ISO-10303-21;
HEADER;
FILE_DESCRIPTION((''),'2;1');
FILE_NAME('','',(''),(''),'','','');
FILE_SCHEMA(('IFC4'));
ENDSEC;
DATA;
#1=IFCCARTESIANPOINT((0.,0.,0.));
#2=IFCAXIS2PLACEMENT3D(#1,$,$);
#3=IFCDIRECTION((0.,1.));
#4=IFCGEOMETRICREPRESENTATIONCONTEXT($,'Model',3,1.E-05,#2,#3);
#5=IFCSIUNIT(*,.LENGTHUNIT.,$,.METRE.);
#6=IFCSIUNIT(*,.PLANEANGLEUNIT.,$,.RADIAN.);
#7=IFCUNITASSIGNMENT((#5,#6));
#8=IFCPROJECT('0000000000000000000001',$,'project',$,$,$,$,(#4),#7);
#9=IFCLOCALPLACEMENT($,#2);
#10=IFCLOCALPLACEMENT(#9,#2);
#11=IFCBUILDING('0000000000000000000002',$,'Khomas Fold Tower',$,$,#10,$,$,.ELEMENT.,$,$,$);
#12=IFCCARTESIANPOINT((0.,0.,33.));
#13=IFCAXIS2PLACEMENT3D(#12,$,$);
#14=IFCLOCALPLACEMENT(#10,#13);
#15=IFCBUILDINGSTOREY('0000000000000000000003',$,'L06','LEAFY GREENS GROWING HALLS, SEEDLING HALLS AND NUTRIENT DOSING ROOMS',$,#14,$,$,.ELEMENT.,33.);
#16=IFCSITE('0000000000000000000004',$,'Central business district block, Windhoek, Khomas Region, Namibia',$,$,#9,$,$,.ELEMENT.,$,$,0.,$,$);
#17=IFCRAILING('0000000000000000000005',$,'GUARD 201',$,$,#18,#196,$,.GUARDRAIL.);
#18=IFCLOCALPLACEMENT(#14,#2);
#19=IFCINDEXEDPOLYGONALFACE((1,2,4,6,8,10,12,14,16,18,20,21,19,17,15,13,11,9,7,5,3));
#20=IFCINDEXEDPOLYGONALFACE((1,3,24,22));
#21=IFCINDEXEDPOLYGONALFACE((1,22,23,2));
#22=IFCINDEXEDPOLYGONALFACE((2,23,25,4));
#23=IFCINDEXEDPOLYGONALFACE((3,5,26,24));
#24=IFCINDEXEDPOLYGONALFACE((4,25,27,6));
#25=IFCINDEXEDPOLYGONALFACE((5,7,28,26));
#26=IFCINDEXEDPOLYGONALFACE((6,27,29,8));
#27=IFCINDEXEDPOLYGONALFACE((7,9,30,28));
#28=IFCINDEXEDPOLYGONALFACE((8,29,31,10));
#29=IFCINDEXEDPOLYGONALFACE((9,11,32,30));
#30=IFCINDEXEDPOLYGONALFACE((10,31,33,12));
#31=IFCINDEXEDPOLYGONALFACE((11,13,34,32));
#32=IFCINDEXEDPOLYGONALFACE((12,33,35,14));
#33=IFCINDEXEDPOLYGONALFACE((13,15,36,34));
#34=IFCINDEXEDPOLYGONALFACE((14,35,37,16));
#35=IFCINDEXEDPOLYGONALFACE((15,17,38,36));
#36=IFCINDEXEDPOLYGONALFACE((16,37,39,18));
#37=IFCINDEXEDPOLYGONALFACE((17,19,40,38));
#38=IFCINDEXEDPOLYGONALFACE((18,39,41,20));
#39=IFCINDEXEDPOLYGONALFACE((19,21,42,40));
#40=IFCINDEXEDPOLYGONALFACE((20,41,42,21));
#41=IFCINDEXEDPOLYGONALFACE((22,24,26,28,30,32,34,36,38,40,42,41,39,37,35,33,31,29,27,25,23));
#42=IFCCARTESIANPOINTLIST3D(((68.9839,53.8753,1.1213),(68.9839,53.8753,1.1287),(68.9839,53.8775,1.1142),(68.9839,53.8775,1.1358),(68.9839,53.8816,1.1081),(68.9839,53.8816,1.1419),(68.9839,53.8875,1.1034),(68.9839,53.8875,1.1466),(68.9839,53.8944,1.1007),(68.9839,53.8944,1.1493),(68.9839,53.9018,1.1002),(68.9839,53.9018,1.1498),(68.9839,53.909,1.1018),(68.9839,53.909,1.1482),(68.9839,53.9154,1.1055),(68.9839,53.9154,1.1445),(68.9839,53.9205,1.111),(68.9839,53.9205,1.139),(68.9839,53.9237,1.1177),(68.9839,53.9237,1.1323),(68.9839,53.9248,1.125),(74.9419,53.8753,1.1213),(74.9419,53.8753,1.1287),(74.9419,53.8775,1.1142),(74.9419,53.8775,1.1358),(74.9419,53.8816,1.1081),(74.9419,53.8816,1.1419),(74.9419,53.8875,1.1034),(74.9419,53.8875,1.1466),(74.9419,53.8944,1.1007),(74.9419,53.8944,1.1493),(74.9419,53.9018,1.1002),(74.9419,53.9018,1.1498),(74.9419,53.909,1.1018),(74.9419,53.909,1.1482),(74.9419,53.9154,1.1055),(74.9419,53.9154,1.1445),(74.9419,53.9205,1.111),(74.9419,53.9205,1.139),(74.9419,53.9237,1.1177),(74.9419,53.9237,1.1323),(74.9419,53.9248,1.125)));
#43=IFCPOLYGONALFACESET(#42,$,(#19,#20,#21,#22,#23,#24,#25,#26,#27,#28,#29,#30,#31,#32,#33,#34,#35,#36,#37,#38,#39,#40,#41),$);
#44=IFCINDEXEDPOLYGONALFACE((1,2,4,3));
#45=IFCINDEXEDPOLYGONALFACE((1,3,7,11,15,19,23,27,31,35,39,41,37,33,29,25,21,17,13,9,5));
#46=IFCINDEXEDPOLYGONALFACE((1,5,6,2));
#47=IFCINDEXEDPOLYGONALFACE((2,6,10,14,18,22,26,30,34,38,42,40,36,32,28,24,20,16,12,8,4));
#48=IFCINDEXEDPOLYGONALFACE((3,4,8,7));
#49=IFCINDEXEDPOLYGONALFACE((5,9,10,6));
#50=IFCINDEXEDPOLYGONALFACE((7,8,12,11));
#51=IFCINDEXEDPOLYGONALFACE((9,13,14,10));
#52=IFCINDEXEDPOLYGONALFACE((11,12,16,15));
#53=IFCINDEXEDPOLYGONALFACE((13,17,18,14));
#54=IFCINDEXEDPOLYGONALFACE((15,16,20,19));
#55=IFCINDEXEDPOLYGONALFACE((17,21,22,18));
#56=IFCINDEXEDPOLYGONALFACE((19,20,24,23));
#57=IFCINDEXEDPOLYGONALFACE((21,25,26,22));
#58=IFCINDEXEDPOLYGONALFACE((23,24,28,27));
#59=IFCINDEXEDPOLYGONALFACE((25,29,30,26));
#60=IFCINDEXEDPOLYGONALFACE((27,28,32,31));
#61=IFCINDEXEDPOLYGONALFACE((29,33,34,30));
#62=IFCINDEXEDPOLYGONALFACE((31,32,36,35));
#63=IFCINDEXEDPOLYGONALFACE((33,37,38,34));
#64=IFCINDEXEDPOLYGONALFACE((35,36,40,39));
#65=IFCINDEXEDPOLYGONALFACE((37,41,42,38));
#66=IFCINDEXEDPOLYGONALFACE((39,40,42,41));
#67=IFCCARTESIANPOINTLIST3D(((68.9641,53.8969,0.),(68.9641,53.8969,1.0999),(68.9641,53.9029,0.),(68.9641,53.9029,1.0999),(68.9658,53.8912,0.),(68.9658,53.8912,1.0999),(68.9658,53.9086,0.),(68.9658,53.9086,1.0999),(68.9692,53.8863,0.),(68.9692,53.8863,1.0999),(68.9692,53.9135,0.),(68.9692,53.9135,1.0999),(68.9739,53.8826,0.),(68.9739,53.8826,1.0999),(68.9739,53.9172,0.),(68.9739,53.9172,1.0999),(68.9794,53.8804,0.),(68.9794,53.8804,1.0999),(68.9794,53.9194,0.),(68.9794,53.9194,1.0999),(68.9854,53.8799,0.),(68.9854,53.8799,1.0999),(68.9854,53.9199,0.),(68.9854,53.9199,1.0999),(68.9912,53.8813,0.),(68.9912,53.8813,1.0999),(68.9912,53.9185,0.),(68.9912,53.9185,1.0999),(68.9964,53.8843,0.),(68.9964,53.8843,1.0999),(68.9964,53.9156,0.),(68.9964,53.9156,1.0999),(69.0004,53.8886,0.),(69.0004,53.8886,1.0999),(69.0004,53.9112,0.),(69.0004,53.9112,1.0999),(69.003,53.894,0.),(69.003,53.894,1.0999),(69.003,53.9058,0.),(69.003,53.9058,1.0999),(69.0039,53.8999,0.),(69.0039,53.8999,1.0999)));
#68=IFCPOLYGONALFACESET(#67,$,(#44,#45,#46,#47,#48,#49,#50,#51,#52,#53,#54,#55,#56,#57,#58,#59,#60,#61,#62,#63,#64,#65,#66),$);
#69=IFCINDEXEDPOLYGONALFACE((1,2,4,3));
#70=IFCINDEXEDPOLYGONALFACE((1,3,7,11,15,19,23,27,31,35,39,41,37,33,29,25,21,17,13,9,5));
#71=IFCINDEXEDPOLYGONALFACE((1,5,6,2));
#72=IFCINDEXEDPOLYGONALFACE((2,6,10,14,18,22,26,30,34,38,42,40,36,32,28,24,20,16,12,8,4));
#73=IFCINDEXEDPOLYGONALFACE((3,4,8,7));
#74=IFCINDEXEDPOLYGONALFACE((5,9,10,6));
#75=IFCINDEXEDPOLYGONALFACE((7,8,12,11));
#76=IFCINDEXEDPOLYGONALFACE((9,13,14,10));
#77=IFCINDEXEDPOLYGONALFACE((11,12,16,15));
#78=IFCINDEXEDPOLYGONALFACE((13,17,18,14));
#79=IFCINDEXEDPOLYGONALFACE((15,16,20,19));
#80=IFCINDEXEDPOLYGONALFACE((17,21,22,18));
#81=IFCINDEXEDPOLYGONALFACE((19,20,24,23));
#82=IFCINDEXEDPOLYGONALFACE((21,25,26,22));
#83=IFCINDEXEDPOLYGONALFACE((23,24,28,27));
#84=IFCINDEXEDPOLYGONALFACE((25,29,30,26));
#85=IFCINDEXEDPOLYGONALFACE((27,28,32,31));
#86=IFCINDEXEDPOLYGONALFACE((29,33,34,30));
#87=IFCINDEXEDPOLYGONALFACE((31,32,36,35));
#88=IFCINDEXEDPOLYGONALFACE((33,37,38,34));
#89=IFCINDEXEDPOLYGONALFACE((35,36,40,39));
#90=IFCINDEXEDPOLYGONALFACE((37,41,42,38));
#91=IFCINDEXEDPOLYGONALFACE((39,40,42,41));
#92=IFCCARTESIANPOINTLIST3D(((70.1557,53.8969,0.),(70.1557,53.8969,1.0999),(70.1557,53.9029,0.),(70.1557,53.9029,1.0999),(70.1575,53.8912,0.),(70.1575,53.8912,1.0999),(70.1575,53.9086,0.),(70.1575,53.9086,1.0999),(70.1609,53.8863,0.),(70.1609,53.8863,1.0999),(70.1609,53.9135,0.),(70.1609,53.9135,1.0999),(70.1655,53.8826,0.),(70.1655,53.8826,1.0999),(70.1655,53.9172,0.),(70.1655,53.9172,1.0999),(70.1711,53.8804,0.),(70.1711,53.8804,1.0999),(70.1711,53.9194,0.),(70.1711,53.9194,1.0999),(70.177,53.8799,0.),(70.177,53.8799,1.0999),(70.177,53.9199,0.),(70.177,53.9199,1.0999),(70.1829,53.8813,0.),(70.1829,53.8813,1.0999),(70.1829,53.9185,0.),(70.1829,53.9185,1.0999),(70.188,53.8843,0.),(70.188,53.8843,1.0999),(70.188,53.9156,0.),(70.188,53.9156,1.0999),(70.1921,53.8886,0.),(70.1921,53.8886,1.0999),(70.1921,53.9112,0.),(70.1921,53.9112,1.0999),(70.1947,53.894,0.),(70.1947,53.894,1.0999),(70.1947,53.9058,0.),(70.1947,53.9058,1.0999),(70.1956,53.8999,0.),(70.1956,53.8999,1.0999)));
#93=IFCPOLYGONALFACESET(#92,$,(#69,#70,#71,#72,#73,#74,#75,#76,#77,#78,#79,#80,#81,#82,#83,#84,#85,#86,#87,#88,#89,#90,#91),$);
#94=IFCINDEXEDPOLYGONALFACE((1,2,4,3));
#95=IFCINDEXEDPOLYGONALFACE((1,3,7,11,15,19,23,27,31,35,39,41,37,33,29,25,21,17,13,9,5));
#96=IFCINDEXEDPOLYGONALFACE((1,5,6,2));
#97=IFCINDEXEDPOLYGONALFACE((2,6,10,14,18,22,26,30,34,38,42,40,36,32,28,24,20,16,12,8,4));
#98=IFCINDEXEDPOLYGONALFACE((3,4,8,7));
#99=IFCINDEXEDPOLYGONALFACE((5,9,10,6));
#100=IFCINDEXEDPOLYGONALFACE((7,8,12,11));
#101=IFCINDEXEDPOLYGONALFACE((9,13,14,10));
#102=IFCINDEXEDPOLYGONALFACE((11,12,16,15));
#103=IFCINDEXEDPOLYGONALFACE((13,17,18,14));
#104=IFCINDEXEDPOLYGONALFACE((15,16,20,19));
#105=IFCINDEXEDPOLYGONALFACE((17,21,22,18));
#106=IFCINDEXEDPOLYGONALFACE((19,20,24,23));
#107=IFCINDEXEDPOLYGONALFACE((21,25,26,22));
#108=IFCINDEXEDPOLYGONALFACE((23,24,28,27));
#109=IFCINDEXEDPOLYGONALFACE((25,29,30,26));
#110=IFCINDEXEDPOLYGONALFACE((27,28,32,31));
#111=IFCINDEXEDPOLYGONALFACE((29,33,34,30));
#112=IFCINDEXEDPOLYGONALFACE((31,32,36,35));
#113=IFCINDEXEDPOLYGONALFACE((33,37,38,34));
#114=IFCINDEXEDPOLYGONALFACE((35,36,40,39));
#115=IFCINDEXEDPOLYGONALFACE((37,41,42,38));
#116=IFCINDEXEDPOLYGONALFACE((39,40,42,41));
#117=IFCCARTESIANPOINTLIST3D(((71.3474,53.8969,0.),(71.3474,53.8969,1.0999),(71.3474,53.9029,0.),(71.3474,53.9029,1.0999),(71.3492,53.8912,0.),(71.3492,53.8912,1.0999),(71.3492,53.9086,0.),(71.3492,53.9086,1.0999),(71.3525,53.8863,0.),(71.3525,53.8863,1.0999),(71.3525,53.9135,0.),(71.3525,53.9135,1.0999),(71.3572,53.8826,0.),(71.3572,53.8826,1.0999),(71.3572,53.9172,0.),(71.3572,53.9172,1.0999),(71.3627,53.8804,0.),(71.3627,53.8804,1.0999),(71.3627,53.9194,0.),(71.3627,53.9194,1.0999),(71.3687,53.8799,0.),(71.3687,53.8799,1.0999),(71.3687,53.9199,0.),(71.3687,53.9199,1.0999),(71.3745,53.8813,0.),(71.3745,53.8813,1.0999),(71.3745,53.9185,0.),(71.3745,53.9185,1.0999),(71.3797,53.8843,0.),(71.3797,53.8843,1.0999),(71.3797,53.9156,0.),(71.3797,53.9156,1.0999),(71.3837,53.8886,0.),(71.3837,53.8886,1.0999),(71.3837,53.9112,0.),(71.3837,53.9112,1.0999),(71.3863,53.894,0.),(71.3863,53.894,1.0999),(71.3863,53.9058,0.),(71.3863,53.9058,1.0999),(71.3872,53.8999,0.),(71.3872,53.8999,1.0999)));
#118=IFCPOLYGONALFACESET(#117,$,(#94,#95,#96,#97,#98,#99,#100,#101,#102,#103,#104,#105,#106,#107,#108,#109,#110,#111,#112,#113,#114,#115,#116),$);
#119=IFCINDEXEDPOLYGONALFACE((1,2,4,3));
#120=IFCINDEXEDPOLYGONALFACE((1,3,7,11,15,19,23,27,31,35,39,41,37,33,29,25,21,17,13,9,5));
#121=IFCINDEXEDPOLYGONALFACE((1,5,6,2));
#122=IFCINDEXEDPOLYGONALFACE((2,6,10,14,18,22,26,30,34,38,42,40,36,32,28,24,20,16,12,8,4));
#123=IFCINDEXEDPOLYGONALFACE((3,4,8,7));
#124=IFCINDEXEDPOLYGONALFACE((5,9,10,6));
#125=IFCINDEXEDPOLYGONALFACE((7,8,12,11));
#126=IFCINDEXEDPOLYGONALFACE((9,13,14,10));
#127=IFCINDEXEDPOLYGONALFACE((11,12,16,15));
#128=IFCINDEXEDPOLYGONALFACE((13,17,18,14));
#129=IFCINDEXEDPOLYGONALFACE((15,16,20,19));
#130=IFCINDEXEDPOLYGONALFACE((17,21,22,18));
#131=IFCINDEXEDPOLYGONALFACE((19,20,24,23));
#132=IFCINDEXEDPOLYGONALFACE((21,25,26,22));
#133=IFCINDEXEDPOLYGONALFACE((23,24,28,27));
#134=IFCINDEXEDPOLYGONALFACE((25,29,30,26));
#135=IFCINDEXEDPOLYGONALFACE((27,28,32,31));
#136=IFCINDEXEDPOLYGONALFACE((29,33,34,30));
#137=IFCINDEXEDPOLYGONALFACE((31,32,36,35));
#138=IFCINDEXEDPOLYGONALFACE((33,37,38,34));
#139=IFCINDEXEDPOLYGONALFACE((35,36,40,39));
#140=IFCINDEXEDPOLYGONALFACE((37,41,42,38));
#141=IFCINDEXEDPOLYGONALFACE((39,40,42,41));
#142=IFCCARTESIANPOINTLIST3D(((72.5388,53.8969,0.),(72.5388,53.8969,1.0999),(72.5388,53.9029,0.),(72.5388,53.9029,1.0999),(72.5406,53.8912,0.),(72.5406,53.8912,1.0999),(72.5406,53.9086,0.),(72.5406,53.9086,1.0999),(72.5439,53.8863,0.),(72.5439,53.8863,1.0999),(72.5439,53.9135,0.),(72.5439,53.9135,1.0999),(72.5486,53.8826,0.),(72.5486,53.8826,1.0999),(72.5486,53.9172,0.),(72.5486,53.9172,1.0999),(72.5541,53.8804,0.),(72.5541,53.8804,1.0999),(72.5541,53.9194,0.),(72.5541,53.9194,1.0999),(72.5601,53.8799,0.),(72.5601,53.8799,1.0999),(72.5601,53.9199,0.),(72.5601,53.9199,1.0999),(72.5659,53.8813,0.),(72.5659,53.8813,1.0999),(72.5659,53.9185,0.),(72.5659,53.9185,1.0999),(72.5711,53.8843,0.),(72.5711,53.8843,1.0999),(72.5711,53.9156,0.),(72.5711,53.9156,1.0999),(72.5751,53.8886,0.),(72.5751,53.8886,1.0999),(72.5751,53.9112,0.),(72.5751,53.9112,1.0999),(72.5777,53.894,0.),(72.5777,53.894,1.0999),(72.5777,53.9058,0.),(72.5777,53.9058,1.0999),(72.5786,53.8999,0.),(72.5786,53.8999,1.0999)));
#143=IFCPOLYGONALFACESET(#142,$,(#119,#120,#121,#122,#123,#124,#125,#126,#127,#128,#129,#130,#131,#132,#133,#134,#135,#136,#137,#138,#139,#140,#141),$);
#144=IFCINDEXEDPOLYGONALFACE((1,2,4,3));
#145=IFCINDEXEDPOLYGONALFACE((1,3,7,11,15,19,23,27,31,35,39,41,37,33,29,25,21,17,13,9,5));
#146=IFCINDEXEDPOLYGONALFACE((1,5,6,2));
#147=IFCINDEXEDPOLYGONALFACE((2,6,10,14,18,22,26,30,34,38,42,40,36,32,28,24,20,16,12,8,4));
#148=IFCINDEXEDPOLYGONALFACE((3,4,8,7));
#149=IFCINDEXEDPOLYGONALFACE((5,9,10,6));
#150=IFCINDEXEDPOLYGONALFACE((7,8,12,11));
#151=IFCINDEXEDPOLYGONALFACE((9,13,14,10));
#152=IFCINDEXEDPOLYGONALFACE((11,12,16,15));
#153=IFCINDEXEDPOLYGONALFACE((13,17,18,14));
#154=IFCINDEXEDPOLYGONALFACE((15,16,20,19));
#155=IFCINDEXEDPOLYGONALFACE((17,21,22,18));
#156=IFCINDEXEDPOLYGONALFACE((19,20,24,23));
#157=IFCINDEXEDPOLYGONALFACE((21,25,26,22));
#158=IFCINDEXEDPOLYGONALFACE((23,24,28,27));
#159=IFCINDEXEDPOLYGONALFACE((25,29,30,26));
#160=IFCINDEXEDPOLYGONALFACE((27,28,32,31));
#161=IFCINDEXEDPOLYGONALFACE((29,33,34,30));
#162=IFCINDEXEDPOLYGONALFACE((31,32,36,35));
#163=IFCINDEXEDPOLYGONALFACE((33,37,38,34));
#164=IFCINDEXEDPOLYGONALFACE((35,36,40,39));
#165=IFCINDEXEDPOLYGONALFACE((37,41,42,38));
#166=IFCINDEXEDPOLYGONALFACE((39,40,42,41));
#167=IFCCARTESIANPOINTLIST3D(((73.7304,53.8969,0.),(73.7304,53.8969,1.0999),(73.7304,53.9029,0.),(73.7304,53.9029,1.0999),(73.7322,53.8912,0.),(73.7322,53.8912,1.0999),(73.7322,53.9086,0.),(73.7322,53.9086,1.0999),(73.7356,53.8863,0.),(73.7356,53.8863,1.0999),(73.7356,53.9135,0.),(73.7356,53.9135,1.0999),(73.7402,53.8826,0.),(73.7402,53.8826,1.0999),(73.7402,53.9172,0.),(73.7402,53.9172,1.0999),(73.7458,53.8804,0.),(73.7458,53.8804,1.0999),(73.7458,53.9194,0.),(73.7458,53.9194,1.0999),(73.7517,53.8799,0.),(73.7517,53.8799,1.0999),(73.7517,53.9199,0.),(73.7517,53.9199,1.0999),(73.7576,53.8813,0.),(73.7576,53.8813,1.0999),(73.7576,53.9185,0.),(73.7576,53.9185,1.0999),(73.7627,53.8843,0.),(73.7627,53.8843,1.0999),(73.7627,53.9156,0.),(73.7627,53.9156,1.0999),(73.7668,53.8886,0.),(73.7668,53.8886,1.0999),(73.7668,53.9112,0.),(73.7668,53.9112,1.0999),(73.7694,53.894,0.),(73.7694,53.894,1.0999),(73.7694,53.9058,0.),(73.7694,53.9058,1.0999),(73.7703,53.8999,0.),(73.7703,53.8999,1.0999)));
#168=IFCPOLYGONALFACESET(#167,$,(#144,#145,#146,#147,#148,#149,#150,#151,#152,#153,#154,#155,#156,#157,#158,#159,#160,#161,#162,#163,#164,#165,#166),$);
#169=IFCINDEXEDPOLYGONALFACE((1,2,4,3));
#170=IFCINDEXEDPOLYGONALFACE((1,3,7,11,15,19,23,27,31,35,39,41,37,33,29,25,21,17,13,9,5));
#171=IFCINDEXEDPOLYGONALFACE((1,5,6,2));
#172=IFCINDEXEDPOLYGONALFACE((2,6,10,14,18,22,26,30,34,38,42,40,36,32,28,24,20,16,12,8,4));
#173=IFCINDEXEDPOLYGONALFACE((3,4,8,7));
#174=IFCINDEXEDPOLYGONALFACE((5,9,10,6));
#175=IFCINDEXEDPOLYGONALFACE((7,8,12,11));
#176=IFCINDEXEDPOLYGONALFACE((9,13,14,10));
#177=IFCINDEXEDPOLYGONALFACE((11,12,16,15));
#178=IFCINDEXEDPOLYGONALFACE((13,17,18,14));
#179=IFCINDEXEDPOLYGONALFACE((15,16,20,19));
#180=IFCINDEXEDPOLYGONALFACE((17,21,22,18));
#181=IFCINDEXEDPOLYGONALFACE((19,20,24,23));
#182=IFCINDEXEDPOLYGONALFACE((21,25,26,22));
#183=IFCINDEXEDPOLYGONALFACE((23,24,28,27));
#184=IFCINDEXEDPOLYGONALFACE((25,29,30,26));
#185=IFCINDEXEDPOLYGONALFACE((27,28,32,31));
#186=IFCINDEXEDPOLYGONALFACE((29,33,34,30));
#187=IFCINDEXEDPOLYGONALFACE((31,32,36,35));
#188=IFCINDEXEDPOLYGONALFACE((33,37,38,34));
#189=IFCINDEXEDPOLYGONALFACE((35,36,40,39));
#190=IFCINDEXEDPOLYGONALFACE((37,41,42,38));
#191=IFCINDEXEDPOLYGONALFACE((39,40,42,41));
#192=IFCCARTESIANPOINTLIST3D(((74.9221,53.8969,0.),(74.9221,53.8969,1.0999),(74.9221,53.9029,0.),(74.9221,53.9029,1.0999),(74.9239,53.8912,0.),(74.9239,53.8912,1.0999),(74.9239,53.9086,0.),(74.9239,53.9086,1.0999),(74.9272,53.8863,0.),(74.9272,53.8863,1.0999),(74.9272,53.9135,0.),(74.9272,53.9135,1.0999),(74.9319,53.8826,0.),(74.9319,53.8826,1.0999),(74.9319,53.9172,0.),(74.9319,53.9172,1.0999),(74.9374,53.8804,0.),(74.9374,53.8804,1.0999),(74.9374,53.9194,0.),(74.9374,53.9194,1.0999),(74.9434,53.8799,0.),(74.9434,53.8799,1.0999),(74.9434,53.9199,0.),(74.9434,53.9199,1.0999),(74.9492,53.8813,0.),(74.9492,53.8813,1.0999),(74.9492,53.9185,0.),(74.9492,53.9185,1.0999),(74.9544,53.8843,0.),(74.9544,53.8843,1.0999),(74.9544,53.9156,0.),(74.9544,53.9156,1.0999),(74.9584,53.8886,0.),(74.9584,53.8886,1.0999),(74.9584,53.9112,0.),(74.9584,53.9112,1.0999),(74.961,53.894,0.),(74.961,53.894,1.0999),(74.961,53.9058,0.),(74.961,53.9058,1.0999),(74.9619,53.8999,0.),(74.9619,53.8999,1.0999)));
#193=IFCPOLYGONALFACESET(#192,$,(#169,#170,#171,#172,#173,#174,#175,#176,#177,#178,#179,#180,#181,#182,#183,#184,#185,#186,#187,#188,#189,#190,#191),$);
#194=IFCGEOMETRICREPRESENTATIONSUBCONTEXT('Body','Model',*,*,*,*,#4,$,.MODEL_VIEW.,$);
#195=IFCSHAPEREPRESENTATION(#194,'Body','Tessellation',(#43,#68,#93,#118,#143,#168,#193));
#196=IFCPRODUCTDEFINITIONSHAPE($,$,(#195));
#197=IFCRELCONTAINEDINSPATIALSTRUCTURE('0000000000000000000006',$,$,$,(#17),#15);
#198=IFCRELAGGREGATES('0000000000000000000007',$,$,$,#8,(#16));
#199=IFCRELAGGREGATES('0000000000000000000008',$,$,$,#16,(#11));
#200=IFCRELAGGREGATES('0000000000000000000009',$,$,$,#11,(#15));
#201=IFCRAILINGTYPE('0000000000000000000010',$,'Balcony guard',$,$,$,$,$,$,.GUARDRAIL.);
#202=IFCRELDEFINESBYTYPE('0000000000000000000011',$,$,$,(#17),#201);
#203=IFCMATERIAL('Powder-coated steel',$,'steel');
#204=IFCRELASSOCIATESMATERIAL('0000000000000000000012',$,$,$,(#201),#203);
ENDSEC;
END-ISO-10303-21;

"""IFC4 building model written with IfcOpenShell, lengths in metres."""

from ifc_helpers import new_model, si_unit, direction, frame, origin, origin_2d, place, context, subcontext, project, spatial, circle, extrude, source, transform, mapped, material, type_object, element, save


model = new_model("IFC4")

# Units and contexts
model_context = context("Model", 3, precision=1e-05, world=origin(), true_north=direction((0.0, 1.0)))
body_context = subcontext(model_context, "Body", "Model", "MODEL_VIEW")
ifc_project = project(units=[si_unit("LENGTHUNIT", "METRE"), si_unit("PLANEANGLEUNIT", "RADIAN")], contexts=[model_context])

# Site, building, storey
site_placement = place(None, origin())
site = spatial("IfcSite", under=ifc_project, at=site_placement, Name="Central business district block, Windhoek, Khomas Region, Namibia", CompositionType="ELEMENT", RefElevation=0.0)
building_placement = place(site_placement, origin())
building = spatial("IfcBuilding", under=site, at=building_placement, Name="Khomas Fold Tower", CompositionType="ELEMENT")
storey_placement = place(building_placement, frame((0.0, 0.0, 33.0)))
storey = spatial("IfcBuildingStorey", under=building, at=storey_placement, Name="L06", Description="LEAFY GREENS GROWING HALLS, SEEDLING HALLS AND NUTRIENT DOSING ROOMS", CompositionType="ELEMENT", Elevation=33.0)

# Railing
ifc_material_1 = material(Name="Powder-coated steel", Category="steel")
railing_type = type_object("IfcRailingType", Name="Balcony guard", PredefinedType="GUARDRAIL", material=ifc_material_1)
shared_shape_1 = source(origin(), body_context, "Body", "SweptSolid", [
    extrude(circle(Radius=0.0249, at=origin_2d()), frame((0.0, 0.0, 1.125), z_axis=(1.0, 0.0, 0.0), x_axis=(0.0, 1.0, 0.0)), (0.0, 0.0, 1.0), 5.958),
    extrude(circle(Radius=0.02, at=origin_2d()), origin(), (0.0, 0.0, 1.0), 1.0999),
    extrude(circle(Radius=0.02, at=origin_2d()), frame((1.1917, 0.0, 0.0)), (0.0, 0.0, 1.0), 1.0999),
    extrude(circle(Radius=0.02, at=origin_2d()), frame((2.3833, 0.0, 0.0)), (0.0, 0.0, 1.0), 1.0999),
    extrude(circle(Radius=0.02, at=origin_2d()), frame((3.5747, 0.0, 0.0)), (0.0, 0.0, 1.0), 1.0999),
    extrude(circle(Radius=0.02, at=origin_2d()), frame((4.7664, 0.0, 0.0)), (0.0, 0.0, 1.0), 1.0999),
    extrude(circle(Radius=0.02, at=origin_2d()), frame((5.958, 0.0, 0.0)), (0.0, 0.0, 1.0), 1.0999),
])
for number, where, name in (
    (1, (68.9839, 53.8999, 0.0), "GUARD 201"),
):
    element("IfcRailing", number, at=place(storey_placement, frame(where)), inside=storey, type_object=railing_type, Name=name, PredefinedType="GUARDRAIL", context=body_context, shape_type="MappedRepresentation", body=[
        mapped(shared_shape_1, transform((0.0, 0.0, 0.0))),
    ])

save(model, "model.ifc")
